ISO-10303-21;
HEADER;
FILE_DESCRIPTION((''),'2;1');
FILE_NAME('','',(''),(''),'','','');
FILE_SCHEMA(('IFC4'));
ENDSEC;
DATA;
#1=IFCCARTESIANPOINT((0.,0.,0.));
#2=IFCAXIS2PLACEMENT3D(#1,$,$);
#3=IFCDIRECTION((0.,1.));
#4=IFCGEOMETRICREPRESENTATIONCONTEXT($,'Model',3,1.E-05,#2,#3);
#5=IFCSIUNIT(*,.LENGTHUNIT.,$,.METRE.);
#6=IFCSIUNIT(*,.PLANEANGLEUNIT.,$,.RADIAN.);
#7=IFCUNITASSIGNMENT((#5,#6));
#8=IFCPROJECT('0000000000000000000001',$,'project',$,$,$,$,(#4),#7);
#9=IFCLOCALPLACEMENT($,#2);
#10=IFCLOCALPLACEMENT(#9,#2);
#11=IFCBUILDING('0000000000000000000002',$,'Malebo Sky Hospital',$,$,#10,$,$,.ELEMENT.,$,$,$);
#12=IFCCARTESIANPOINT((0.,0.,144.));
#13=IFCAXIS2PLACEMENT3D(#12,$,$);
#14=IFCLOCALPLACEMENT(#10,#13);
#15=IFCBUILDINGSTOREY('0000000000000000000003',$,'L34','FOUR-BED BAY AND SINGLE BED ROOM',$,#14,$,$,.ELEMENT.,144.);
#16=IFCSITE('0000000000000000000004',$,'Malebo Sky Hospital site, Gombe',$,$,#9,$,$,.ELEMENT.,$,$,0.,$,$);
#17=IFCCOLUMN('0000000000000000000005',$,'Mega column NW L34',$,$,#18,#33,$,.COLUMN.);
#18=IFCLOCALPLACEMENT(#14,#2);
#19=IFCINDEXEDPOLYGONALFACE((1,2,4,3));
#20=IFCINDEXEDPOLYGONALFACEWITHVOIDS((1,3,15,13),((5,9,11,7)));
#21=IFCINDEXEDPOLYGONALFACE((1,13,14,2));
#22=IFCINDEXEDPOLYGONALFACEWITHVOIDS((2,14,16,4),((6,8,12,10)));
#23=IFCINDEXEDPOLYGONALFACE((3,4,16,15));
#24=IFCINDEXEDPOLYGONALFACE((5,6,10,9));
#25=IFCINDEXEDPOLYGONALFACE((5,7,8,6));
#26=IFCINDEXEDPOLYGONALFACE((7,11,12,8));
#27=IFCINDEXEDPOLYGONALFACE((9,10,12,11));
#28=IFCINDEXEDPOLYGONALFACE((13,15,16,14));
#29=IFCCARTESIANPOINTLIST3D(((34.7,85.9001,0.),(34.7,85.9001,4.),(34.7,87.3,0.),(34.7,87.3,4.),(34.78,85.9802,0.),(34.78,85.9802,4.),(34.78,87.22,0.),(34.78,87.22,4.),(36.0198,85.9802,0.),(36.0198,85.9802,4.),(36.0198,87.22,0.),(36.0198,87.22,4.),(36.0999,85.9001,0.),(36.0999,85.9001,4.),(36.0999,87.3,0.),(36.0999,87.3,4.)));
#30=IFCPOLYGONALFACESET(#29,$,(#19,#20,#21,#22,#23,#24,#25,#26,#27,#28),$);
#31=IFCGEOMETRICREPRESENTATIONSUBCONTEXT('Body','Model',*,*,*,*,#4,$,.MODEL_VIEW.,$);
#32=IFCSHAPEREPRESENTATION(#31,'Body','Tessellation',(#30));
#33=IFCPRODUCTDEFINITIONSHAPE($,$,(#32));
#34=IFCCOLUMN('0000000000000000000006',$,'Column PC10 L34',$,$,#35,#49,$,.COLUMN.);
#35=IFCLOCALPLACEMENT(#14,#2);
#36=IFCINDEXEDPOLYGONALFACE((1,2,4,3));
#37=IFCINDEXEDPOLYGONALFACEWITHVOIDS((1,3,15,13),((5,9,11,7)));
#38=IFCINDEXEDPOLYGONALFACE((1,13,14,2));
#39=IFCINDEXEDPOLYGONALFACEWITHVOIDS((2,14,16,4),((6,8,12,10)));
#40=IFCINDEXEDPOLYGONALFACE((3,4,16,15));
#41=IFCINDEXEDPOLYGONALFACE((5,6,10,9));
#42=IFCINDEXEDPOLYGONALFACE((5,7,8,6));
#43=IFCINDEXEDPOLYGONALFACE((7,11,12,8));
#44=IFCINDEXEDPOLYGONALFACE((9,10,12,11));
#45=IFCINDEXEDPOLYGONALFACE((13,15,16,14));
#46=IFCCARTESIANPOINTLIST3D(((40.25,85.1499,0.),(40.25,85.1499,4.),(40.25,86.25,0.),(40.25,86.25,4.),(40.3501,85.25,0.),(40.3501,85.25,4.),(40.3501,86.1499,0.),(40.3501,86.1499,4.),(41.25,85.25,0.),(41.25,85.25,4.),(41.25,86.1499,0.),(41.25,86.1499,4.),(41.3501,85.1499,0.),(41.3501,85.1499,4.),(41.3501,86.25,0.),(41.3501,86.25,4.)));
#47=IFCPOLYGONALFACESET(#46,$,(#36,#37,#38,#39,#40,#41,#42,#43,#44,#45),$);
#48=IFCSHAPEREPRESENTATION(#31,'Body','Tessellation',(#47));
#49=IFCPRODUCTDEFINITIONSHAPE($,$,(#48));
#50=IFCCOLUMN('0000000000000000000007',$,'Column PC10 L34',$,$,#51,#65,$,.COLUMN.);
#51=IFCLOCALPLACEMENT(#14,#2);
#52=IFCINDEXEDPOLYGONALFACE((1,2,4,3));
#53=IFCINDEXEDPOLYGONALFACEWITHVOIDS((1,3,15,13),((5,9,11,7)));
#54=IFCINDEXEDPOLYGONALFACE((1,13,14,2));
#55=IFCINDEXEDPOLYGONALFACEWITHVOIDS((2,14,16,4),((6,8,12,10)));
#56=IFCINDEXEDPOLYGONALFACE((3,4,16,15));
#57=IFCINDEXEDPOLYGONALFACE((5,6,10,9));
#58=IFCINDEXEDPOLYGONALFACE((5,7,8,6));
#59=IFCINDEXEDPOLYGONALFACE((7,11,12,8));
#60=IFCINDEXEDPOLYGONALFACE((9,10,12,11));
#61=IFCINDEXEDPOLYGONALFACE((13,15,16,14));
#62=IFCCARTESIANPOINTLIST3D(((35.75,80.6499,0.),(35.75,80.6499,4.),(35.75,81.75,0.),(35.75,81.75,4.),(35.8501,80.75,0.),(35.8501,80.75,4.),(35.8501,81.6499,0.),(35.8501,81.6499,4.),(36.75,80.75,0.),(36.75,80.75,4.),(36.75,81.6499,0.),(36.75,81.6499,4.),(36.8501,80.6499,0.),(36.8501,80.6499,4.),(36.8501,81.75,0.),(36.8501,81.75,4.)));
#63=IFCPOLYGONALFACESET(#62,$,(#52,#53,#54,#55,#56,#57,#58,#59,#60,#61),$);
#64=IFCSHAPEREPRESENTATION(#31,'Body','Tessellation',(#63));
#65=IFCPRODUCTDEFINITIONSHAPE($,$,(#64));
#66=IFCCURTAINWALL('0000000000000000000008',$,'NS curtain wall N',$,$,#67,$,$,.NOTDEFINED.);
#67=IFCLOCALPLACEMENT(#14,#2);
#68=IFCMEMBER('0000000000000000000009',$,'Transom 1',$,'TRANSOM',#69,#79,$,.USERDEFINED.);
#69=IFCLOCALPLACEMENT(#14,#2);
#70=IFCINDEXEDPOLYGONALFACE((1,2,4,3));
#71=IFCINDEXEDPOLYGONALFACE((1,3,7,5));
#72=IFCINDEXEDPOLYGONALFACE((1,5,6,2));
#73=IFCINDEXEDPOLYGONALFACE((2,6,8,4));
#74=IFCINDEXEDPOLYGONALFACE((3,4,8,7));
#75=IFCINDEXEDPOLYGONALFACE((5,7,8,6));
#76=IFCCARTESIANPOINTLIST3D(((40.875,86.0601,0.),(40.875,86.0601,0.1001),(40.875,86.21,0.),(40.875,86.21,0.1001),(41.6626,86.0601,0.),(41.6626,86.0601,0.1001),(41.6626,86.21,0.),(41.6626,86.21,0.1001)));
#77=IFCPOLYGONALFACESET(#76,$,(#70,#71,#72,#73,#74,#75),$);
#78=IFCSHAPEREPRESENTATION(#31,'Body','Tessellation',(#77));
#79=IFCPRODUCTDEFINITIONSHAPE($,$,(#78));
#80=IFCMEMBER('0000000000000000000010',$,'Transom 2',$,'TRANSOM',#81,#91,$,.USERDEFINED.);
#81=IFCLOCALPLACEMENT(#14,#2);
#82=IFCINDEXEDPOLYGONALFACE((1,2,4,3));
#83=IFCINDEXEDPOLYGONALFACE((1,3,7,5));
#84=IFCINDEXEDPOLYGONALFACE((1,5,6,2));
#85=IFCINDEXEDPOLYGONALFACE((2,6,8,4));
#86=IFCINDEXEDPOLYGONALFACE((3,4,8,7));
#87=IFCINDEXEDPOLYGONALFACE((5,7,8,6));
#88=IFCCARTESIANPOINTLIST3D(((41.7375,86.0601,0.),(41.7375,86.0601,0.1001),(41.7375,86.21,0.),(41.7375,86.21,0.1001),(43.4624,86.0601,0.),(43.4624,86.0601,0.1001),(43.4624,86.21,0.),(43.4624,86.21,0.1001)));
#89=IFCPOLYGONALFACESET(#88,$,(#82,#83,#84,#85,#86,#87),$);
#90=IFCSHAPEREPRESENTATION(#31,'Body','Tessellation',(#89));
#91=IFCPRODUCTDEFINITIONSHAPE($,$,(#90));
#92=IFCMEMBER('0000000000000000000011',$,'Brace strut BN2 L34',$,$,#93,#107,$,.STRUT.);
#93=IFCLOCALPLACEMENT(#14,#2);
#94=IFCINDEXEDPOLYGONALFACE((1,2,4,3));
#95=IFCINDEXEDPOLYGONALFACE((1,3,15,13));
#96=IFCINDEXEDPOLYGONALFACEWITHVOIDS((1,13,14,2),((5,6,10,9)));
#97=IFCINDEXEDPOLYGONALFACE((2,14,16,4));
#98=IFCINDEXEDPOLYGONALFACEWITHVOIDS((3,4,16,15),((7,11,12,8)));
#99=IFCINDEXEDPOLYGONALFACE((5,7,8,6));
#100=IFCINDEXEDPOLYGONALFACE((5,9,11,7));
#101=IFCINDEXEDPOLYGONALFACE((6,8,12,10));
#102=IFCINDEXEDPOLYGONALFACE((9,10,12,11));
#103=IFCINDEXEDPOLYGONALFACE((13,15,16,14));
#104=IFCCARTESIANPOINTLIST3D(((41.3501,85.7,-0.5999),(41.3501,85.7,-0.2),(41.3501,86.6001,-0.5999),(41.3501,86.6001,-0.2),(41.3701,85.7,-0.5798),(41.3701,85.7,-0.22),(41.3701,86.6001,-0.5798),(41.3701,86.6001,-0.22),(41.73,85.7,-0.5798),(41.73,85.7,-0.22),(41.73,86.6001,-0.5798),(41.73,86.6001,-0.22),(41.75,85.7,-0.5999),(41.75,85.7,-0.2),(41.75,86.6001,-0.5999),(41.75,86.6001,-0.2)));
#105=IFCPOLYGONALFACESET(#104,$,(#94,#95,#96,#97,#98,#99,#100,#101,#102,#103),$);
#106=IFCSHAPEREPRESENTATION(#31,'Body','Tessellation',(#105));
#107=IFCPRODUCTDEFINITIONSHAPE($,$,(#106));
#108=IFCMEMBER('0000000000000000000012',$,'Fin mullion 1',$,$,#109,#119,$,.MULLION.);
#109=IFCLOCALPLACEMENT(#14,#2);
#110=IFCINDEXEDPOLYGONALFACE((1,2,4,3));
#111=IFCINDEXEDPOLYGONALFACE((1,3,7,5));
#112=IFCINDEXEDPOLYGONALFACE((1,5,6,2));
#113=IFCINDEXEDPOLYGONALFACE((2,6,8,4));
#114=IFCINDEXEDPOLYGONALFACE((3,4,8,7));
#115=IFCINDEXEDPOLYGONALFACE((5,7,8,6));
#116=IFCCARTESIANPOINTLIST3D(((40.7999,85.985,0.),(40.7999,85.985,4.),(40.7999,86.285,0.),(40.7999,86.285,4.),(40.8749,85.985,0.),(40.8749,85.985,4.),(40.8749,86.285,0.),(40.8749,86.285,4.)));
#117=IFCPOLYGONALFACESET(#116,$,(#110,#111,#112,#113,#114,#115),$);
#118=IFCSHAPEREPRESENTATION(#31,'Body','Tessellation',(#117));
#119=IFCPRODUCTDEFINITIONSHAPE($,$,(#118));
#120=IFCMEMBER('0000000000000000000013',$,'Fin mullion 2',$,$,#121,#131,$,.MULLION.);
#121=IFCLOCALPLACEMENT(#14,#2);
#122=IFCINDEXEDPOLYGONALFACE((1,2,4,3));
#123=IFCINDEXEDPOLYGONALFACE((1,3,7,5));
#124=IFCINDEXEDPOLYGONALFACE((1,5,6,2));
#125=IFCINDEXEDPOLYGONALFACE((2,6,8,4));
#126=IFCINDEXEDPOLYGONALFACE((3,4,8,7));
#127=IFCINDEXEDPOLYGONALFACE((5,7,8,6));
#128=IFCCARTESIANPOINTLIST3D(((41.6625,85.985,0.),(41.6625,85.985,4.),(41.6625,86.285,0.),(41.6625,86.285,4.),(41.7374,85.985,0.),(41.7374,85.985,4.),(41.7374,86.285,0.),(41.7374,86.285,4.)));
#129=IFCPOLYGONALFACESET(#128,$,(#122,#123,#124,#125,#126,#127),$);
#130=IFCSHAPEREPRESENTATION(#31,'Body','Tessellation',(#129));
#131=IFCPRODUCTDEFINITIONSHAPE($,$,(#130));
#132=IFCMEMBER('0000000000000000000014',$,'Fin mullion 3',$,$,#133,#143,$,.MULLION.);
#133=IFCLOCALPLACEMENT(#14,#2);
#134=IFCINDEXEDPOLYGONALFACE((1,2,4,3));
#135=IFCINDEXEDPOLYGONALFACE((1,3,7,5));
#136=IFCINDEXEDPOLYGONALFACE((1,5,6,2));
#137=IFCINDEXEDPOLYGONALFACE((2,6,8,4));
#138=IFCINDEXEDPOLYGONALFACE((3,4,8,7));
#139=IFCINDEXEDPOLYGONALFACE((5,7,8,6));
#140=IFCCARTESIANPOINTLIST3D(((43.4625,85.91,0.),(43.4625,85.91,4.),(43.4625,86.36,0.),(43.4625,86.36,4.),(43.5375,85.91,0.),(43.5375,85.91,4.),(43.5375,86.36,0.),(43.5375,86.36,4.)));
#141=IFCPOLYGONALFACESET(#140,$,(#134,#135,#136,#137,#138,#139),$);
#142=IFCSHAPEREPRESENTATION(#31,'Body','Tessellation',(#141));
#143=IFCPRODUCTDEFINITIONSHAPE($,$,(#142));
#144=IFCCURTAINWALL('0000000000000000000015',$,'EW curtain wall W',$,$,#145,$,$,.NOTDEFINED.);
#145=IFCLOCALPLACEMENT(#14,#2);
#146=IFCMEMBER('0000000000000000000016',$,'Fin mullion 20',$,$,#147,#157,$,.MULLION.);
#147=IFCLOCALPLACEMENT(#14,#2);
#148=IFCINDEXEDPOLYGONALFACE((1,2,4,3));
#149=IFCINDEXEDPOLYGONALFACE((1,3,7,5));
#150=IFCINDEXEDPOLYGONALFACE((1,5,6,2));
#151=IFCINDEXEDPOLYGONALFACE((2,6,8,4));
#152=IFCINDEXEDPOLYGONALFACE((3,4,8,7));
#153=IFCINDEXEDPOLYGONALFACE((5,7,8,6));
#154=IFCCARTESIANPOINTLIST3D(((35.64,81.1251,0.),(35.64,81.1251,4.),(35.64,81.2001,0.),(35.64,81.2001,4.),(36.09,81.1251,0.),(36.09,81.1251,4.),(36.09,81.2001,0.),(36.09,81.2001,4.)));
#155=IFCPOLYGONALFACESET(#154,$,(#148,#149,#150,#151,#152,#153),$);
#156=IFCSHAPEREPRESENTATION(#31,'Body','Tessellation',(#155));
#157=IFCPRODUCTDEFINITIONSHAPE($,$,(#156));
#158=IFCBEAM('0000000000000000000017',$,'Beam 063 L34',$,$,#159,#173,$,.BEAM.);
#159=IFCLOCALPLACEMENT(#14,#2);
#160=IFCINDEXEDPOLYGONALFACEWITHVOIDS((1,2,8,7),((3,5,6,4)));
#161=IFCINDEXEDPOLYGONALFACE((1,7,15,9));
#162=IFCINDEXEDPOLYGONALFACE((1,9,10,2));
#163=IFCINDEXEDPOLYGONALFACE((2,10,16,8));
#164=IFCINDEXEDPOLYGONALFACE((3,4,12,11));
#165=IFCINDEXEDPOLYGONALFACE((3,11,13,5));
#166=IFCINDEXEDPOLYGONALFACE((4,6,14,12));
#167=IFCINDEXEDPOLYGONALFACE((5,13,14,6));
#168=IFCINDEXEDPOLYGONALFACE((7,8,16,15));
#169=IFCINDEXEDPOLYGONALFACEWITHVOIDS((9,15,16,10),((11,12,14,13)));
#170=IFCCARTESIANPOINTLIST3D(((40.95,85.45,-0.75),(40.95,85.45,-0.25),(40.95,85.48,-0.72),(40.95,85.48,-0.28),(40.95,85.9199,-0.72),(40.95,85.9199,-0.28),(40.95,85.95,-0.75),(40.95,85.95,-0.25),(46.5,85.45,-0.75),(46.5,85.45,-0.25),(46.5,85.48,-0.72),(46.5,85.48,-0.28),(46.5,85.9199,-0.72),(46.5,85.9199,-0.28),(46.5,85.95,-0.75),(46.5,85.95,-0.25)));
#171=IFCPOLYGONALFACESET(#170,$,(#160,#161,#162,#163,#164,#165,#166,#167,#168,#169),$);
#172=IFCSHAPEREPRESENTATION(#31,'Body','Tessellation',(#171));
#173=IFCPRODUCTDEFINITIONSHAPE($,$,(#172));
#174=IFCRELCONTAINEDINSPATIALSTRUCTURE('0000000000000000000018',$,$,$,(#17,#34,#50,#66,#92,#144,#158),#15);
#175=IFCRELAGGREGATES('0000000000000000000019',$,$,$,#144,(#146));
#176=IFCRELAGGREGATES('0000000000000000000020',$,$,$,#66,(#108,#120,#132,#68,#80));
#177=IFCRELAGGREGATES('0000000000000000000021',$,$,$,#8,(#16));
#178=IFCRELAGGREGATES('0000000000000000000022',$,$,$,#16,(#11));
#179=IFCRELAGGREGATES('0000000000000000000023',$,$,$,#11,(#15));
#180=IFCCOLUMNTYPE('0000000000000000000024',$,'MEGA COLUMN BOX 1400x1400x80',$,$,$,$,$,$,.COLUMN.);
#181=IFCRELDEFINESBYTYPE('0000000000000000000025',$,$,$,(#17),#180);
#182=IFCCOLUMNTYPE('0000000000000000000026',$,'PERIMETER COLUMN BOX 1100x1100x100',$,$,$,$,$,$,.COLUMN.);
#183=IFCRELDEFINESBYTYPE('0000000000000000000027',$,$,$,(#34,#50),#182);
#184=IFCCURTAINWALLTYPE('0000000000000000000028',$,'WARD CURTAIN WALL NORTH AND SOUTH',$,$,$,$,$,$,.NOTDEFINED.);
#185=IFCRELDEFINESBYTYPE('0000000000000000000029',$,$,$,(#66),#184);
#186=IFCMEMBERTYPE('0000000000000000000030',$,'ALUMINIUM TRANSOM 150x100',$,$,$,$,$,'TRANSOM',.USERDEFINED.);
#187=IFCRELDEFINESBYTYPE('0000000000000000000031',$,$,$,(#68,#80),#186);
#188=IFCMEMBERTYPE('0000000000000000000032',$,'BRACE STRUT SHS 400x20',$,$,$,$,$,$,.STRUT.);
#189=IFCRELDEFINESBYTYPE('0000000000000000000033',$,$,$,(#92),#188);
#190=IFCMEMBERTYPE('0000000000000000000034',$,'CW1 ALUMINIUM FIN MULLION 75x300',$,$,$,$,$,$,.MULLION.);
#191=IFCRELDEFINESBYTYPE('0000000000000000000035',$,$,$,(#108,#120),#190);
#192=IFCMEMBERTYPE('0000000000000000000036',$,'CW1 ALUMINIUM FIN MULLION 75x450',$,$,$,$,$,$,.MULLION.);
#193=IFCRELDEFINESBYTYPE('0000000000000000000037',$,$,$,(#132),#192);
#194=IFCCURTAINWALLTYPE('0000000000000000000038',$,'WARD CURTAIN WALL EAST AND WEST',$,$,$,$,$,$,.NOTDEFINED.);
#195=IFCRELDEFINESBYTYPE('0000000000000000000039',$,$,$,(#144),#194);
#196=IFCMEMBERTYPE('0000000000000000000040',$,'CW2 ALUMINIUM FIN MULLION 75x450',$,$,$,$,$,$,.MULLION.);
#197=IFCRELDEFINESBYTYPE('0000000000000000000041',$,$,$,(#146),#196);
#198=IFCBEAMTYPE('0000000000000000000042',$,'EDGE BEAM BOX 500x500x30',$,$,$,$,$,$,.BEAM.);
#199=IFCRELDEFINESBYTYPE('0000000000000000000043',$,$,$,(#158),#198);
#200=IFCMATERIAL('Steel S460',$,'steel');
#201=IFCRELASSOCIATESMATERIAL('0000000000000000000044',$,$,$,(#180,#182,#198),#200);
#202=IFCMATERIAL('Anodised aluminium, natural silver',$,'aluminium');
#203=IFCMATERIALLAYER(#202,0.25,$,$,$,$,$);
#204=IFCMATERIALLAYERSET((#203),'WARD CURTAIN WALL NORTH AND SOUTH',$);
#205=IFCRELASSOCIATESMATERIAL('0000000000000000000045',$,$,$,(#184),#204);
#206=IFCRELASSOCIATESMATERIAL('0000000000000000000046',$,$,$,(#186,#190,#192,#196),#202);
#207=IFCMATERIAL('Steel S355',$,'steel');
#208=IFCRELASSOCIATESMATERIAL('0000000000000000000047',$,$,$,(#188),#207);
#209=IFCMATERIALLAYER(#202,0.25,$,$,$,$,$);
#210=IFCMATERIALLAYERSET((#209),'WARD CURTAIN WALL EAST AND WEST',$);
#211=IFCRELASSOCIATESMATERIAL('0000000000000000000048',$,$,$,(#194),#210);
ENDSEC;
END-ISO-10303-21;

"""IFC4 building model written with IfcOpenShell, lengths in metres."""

from ifc_helpers import new_model, si_unit, direction, frame, origin, origin_2d, place, context, subcontext, project, spatial, rectangle, hollow_rectangle, extrude, material, layer, layer_set, material_profile, profile_set, type_object, element, aggregate, save


model = new_model("IFC4")

# Units and contexts
model_context = context("Model", 3, precision=1e-05, world=origin(), true_north=direction((0.0, 1.0)))
body_context = subcontext(model_context, "Body", "Model", "MODEL_VIEW")
ifc_project = project(units=[si_unit("LENGTHUNIT", "METRE"), si_unit("PLANEANGLEUNIT", "RADIAN")], contexts=[model_context])

# Site, building, storey
site_placement = place(None, origin())
site = spatial("IfcSite", under=ifc_project, at=site_placement, Name="Malebo Sky Hospital site, Gombe", CompositionType="ELEMENT", RefElevation=0.0)
building_placement = place(site_placement, origin())
building = spatial("IfcBuilding", under=site, at=building_placement, Name="Malebo Sky Hospital", CompositionType="ELEMENT")
storey_placement = place(building_placement, frame((0.0, 0.0, 144.0)))
storey = spatial("IfcBuildingStorey", under=building, at=storey_placement, Name="L34", Description="FOUR-BED BAY AND SINGLE BED ROOM", CompositionType="ELEMENT", Elevation=144.0)

# Columns
ifc_material_1 = material(Name="Steel S460", Category="steel")
ifc_material_profile_1 = material_profile(ifc_material_1, hollow_rectangle(XDim=1.3999, YDim=1.3999, WallThickness=0.0801, at=origin_2d()), Name="BOX 1400x1400x80")
ifc_profile_set_1 = profile_set([ifc_material_profile_1], Name="Steel S460")
column_type_1 = type_object("IfcColumnType", Name="MEGA COLUMN BOX 1400x1400x80", PredefinedType="COLUMN", material=ifc_profile_set_1)
column_placement = place(storey_placement, frame((35.3999, 86.6001, 0.0), z_axis=(0.0, 0.0, 1.0), x_axis=(1.0, 0.0, 0.0)))
element("IfcColumn", 1, at=column_placement, inside=storey, type_object=column_type_1, Name="Mega column NW L34", PredefinedType="COLUMN", context=body_context, shape_type="SweptSolid", body=[
    extrude(hollow_rectangle(XDim=1.3999, YDim=1.3999, WallThickness=0.0801, at=origin_2d()), origin(), (0.0, 0.0, 1.0), 4.0),
])
ifc_material_profile_2 = material_profile(ifc_material_1, hollow_rectangle(XDim=1.1001, YDim=1.1001, WallThickness=0.1001, at=origin_2d()), Name="BOX 1100x1100x100")
ifc_profile_set_2 = profile_set([ifc_material_profile_2], Name="Steel S460")
column_type_2 = type_object("IfcColumnType", Name="PERIMETER COLUMN BOX 1100x1100x100", PredefinedType="COLUMN", material=ifc_profile_set_2)
for number, where, z_axis, x_axis, name in (
    (2, (40.8, 85.7, 0.0), (0.0, 0.0, 1.0), (1.0, 0.0, 0.0), "Column PC10 L34"),
    (3, (36.3, 81.2, 0.0), (0.0, 0.0, 1.0), (1.0, 0.0, 0.0), "Column PC10 L34"),
):
    element("IfcColumn", number, at=place(storey_placement, frame(where, z_axis=z_axis, x_axis=x_axis)), inside=storey, type_object=column_type_2, Name=name, PredefinedType="COLUMN", context=body_context, shape_type="SweptSolid", body=[
        extrude(hollow_rectangle(XDim=1.1001, YDim=1.1001, WallThickness=0.1001, at=origin_2d()), origin(), (0.0, 0.0, 1.0), 4.0),
    ])

# Curtain wall, members
ifc_material_2 = material(Name="Anodised aluminium, natural silver", Category="aluminium")
ifc_layer_1 = layer(ifc_material_2, 0.25)
ifc_layer_set_1 = layer_set([ifc_layer_1], Name="WARD CURTAIN WALL NORTH AND SOUTH")
curtain_wall_type_1 = type_object("IfcCurtainWallType", Name="WARD CURTAIN WALL NORTH AND SOUTH", PredefinedType="NOTDEFINED", material=ifc_layer_set_1)
curtain_wall_1_placement = place(storey_placement, origin())
curtain_wall_1 = element("IfcCurtainWall", 4, at=curtain_wall_1_placement, inside=storey, type_object=curtain_wall_type_1, Name="NS curtain wall N", PredefinedType="NOTDEFINED")
ifc_material_profile_3 = material_profile(ifc_material_2, rectangle(XDim=0.1499, YDim=0.1001, at=origin_2d()), Name="ALUMINIUM TRANSOM 150x100")
ifc_profile_set_3 = profile_set([ifc_material_profile_3], Name="Anodised aluminium, natural silver")
member_type_1 = type_object("IfcMemberType", Name="ALUMINIUM TRANSOM 150x100", ElementType="TRANSOM", PredefinedType="USERDEFINED", material=ifc_profile_set_3)
member_1_placement = place(storey_placement, frame((40.875, 86.135, 0.05), z_axis=(1.0, 0.0, 0.0), x_axis=(0.0, 1.0, 0.0)))
member_1 = element("IfcMember", 5, at=member_1_placement, type_object=member_type_1, Name="Transom 1", ObjectType="TRANSOM", PredefinedType="USERDEFINED", context=body_context, shape_type="SweptSolid", body=[
    extrude(rectangle(XDim=0.1499, YDim=0.1001, at=origin_2d()), origin(), (0.0, 0.0, 1.0), 0.7876),
])
member_2_placement = place(storey_placement, frame((41.7375, 86.135, 0.05), z_axis=(1.0, 0.0, 0.0), x_axis=(0.0, 1.0, 0.0)))
member_2 = element("IfcMember", 6, at=member_2_placement, type_object=member_type_1, Name="Transom 2", ObjectType="TRANSOM", PredefinedType="USERDEFINED", context=body_context, shape_type="SweptSolid", body=[
    extrude(rectangle(XDim=0.1499, YDim=0.1001, at=origin_2d()), origin(), (0.0, 0.0, 1.0), 1.7249),
])

# Members
ifc_material_3 = material(Name="Steel S355", Category="steel")
ifc_material_profile_4 = material_profile(ifc_material_3, hollow_rectangle(XDim=0.3999, YDim=0.3999, WallThickness=0.02, at=origin_2d()), Name="SHS 400x20")
ifc_profile_set_4 = profile_set([ifc_material_profile_4], Name="Steel S355")
member_type_2 = type_object("IfcMemberType", Name="BRACE STRUT SHS 400x20", PredefinedType="STRUT", material=ifc_profile_set_4)
member_3_placement = place(storey_placement, frame((41.55, 86.6001, -0.3999), z_axis=(0.0, -1.0, 0.0), x_axis=(1.0, 0.0, 0.0)))
element("IfcMember", 7, at=member_3_placement, inside=storey, type_object=member_type_2, Name="Brace strut BN2 L34", PredefinedType="STRUT", context=body_context, shape_type="SweptSolid", body=[
    extrude(hollow_rectangle(XDim=0.3999, YDim=0.3999, WallThickness=0.02, at=origin_2d()), origin(), (0.0, 0.0, 1.0), 0.9001),
])
ifc_material_profile_5 = material_profile(ifc_material_2, rectangle(XDim=0.075, YDim=0.3, at=origin_2d()), Name="CW1 ALUMINIUM FIN MULLION 75x300")
ifc_profile_set_5 = profile_set([ifc_material_profile_5], Name="Anodised aluminium, natural silver")
member_type_3 = type_object("IfcMemberType", Name="CW1 ALUMINIUM FIN MULLION 75x300", PredefinedType="MULLION", material=ifc_profile_set_5)
member_4_placement = place(storey_placement, frame((40.8374, 86.135, 0.0), z_axis=(0.0, 0.0, 1.0), x_axis=(1.0, 0.0, 0.0)))
member_4 = element("IfcMember", 8, at=member_4_placement, type_object=member_type_3, Name="Fin mullion 1", PredefinedType="MULLION", context=body_context, shape_type="SweptSolid", body=[
    extrude(rectangle(XDim=0.075, YDim=0.3, at=origin_2d()), origin(), (0.0, 0.0, 1.0), 4.0),
])
member_5_placement = place(storey_placement, frame((41.7, 86.135, 0.0), z_axis=(0.0, 0.0, 1.0), x_axis=(1.0, 0.0, 0.0)))
member_5 = element("IfcMember", 9, at=member_5_placement, type_object=member_type_3, Name="Fin mullion 2", PredefinedType="MULLION", context=body_context, shape_type="SweptSolid", body=[
    extrude(rectangle(XDim=0.075, YDim=0.3, at=origin_2d()), origin(), (0.0, 0.0, 1.0), 4.0),
])
ifc_material_profile_6 = material_profile(ifc_material_2, rectangle(XDim=0.075, YDim=0.45, at=origin_2d()), Name="CW1 ALUMINIUM FIN MULLION 75x450")
ifc_profile_set_6 = profile_set([ifc_material_profile_6], Name="Anodised aluminium, natural silver")
member_type_4 = type_object("IfcMemberType", Name="CW1 ALUMINIUM FIN MULLION 75x450", PredefinedType="MULLION", material=ifc_profile_set_6)
member_6_placement = place(storey_placement, frame((43.5, 86.135, 0.0), z_axis=(0.0, 0.0, 1.0), x_axis=(1.0, 0.0, 0.0)))
member_6 = element("IfcMember", 10, at=member_6_placement, type_object=member_type_4, Name="Fin mullion 3", PredefinedType="MULLION", context=body_context, shape_type="SweptSolid", body=[
    extrude(rectangle(XDim=0.075, YDim=0.45, at=origin_2d()), origin(), (0.0, 0.0, 1.0), 4.0),
])

# Curtain wall, member
ifc_layer_2 = layer(ifc_material_2, 0.25)
ifc_layer_set_2 = layer_set([ifc_layer_2], Name="WARD CURTAIN WALL EAST AND WEST")
curtain_wall_type_2 = type_object("IfcCurtainWallType", Name="WARD CURTAIN WALL EAST AND WEST", PredefinedType="NOTDEFINED", material=ifc_layer_set_2)
curtain_wall_2_placement = place(storey_placement, origin())
curtain_wall_2 = element("IfcCurtainWall", 11, at=curtain_wall_2_placement, inside=storey, type_object=curtain_wall_type_2, Name="EW curtain wall W", PredefinedType="NOTDEFINED")
ifc_material_profile_7 = material_profile(ifc_material_2, rectangle(XDim=0.075, YDim=0.45, at=origin_2d()), Name="CW2 ALUMINIUM FIN MULLION 75x450")
ifc_profile_set_7 = profile_set([ifc_material_profile_7], Name="Anodised aluminium, natural silver")
member_type_5 = type_object("IfcMemberType", Name="CW2 ALUMINIUM FIN MULLION 75x450", PredefinedType="MULLION", material=ifc_profile_set_7)
member_7_placement = place(storey_placement, frame((35.865, 81.1626, 0.0), z_axis=(0.0, 0.0, 1.0), x_axis=(0.0, 1.0, 0.0)))
member_7 = element("IfcMember", 12, at=member_7_placement, type_object=member_type_5, Name="Fin mullion 20", PredefinedType="MULLION", context=body_context, shape_type="SweptSolid", body=[
    extrude(rectangle(XDim=0.075, YDim=0.45, at=origin_2d()), origin(), (0.0, 0.0, 1.0), 4.0),
])
aggregate(curtain_wall_2, [member_7])

# Beam
ifc_material_profile_8 = material_profile(ifc_material_1, hollow_rectangle(XDim=0.5, YDim=0.5, WallThickness=0.03, at=origin_2d()), Name="BOX 500x500x30")
ifc_profile_set_8 = profile_set([ifc_material_profile_8], Name="Steel S460")
beam_type_1 = type_object("IfcBeamType", Name="EDGE BEAM BOX 500x500x30", PredefinedType="BEAM", material=ifc_profile_set_8)
beam_1_placement = place(storey_placement, frame((40.95, 85.7, -0.5), z_axis=(1.0, 0.0, 0.0), x_axis=(0.0, 1.0, 0.0)))
element("IfcBeam", 13, at=beam_1_placement, inside=storey, type_object=beam_type_1, Name="Beam 063 L34", PredefinedType="BEAM", context=body_context, shape_type="SweptSolid", body=[
    extrude(hollow_rectangle(XDim=0.5, YDim=0.5, WallThickness=0.03, at=origin_2d()), origin(), (0.0, 0.0, 1.0), 5.55),
])

aggregate(curtain_wall_1, [member_4, member_5, member_6, member_1, member_2])

save(model, "model.ifc")
